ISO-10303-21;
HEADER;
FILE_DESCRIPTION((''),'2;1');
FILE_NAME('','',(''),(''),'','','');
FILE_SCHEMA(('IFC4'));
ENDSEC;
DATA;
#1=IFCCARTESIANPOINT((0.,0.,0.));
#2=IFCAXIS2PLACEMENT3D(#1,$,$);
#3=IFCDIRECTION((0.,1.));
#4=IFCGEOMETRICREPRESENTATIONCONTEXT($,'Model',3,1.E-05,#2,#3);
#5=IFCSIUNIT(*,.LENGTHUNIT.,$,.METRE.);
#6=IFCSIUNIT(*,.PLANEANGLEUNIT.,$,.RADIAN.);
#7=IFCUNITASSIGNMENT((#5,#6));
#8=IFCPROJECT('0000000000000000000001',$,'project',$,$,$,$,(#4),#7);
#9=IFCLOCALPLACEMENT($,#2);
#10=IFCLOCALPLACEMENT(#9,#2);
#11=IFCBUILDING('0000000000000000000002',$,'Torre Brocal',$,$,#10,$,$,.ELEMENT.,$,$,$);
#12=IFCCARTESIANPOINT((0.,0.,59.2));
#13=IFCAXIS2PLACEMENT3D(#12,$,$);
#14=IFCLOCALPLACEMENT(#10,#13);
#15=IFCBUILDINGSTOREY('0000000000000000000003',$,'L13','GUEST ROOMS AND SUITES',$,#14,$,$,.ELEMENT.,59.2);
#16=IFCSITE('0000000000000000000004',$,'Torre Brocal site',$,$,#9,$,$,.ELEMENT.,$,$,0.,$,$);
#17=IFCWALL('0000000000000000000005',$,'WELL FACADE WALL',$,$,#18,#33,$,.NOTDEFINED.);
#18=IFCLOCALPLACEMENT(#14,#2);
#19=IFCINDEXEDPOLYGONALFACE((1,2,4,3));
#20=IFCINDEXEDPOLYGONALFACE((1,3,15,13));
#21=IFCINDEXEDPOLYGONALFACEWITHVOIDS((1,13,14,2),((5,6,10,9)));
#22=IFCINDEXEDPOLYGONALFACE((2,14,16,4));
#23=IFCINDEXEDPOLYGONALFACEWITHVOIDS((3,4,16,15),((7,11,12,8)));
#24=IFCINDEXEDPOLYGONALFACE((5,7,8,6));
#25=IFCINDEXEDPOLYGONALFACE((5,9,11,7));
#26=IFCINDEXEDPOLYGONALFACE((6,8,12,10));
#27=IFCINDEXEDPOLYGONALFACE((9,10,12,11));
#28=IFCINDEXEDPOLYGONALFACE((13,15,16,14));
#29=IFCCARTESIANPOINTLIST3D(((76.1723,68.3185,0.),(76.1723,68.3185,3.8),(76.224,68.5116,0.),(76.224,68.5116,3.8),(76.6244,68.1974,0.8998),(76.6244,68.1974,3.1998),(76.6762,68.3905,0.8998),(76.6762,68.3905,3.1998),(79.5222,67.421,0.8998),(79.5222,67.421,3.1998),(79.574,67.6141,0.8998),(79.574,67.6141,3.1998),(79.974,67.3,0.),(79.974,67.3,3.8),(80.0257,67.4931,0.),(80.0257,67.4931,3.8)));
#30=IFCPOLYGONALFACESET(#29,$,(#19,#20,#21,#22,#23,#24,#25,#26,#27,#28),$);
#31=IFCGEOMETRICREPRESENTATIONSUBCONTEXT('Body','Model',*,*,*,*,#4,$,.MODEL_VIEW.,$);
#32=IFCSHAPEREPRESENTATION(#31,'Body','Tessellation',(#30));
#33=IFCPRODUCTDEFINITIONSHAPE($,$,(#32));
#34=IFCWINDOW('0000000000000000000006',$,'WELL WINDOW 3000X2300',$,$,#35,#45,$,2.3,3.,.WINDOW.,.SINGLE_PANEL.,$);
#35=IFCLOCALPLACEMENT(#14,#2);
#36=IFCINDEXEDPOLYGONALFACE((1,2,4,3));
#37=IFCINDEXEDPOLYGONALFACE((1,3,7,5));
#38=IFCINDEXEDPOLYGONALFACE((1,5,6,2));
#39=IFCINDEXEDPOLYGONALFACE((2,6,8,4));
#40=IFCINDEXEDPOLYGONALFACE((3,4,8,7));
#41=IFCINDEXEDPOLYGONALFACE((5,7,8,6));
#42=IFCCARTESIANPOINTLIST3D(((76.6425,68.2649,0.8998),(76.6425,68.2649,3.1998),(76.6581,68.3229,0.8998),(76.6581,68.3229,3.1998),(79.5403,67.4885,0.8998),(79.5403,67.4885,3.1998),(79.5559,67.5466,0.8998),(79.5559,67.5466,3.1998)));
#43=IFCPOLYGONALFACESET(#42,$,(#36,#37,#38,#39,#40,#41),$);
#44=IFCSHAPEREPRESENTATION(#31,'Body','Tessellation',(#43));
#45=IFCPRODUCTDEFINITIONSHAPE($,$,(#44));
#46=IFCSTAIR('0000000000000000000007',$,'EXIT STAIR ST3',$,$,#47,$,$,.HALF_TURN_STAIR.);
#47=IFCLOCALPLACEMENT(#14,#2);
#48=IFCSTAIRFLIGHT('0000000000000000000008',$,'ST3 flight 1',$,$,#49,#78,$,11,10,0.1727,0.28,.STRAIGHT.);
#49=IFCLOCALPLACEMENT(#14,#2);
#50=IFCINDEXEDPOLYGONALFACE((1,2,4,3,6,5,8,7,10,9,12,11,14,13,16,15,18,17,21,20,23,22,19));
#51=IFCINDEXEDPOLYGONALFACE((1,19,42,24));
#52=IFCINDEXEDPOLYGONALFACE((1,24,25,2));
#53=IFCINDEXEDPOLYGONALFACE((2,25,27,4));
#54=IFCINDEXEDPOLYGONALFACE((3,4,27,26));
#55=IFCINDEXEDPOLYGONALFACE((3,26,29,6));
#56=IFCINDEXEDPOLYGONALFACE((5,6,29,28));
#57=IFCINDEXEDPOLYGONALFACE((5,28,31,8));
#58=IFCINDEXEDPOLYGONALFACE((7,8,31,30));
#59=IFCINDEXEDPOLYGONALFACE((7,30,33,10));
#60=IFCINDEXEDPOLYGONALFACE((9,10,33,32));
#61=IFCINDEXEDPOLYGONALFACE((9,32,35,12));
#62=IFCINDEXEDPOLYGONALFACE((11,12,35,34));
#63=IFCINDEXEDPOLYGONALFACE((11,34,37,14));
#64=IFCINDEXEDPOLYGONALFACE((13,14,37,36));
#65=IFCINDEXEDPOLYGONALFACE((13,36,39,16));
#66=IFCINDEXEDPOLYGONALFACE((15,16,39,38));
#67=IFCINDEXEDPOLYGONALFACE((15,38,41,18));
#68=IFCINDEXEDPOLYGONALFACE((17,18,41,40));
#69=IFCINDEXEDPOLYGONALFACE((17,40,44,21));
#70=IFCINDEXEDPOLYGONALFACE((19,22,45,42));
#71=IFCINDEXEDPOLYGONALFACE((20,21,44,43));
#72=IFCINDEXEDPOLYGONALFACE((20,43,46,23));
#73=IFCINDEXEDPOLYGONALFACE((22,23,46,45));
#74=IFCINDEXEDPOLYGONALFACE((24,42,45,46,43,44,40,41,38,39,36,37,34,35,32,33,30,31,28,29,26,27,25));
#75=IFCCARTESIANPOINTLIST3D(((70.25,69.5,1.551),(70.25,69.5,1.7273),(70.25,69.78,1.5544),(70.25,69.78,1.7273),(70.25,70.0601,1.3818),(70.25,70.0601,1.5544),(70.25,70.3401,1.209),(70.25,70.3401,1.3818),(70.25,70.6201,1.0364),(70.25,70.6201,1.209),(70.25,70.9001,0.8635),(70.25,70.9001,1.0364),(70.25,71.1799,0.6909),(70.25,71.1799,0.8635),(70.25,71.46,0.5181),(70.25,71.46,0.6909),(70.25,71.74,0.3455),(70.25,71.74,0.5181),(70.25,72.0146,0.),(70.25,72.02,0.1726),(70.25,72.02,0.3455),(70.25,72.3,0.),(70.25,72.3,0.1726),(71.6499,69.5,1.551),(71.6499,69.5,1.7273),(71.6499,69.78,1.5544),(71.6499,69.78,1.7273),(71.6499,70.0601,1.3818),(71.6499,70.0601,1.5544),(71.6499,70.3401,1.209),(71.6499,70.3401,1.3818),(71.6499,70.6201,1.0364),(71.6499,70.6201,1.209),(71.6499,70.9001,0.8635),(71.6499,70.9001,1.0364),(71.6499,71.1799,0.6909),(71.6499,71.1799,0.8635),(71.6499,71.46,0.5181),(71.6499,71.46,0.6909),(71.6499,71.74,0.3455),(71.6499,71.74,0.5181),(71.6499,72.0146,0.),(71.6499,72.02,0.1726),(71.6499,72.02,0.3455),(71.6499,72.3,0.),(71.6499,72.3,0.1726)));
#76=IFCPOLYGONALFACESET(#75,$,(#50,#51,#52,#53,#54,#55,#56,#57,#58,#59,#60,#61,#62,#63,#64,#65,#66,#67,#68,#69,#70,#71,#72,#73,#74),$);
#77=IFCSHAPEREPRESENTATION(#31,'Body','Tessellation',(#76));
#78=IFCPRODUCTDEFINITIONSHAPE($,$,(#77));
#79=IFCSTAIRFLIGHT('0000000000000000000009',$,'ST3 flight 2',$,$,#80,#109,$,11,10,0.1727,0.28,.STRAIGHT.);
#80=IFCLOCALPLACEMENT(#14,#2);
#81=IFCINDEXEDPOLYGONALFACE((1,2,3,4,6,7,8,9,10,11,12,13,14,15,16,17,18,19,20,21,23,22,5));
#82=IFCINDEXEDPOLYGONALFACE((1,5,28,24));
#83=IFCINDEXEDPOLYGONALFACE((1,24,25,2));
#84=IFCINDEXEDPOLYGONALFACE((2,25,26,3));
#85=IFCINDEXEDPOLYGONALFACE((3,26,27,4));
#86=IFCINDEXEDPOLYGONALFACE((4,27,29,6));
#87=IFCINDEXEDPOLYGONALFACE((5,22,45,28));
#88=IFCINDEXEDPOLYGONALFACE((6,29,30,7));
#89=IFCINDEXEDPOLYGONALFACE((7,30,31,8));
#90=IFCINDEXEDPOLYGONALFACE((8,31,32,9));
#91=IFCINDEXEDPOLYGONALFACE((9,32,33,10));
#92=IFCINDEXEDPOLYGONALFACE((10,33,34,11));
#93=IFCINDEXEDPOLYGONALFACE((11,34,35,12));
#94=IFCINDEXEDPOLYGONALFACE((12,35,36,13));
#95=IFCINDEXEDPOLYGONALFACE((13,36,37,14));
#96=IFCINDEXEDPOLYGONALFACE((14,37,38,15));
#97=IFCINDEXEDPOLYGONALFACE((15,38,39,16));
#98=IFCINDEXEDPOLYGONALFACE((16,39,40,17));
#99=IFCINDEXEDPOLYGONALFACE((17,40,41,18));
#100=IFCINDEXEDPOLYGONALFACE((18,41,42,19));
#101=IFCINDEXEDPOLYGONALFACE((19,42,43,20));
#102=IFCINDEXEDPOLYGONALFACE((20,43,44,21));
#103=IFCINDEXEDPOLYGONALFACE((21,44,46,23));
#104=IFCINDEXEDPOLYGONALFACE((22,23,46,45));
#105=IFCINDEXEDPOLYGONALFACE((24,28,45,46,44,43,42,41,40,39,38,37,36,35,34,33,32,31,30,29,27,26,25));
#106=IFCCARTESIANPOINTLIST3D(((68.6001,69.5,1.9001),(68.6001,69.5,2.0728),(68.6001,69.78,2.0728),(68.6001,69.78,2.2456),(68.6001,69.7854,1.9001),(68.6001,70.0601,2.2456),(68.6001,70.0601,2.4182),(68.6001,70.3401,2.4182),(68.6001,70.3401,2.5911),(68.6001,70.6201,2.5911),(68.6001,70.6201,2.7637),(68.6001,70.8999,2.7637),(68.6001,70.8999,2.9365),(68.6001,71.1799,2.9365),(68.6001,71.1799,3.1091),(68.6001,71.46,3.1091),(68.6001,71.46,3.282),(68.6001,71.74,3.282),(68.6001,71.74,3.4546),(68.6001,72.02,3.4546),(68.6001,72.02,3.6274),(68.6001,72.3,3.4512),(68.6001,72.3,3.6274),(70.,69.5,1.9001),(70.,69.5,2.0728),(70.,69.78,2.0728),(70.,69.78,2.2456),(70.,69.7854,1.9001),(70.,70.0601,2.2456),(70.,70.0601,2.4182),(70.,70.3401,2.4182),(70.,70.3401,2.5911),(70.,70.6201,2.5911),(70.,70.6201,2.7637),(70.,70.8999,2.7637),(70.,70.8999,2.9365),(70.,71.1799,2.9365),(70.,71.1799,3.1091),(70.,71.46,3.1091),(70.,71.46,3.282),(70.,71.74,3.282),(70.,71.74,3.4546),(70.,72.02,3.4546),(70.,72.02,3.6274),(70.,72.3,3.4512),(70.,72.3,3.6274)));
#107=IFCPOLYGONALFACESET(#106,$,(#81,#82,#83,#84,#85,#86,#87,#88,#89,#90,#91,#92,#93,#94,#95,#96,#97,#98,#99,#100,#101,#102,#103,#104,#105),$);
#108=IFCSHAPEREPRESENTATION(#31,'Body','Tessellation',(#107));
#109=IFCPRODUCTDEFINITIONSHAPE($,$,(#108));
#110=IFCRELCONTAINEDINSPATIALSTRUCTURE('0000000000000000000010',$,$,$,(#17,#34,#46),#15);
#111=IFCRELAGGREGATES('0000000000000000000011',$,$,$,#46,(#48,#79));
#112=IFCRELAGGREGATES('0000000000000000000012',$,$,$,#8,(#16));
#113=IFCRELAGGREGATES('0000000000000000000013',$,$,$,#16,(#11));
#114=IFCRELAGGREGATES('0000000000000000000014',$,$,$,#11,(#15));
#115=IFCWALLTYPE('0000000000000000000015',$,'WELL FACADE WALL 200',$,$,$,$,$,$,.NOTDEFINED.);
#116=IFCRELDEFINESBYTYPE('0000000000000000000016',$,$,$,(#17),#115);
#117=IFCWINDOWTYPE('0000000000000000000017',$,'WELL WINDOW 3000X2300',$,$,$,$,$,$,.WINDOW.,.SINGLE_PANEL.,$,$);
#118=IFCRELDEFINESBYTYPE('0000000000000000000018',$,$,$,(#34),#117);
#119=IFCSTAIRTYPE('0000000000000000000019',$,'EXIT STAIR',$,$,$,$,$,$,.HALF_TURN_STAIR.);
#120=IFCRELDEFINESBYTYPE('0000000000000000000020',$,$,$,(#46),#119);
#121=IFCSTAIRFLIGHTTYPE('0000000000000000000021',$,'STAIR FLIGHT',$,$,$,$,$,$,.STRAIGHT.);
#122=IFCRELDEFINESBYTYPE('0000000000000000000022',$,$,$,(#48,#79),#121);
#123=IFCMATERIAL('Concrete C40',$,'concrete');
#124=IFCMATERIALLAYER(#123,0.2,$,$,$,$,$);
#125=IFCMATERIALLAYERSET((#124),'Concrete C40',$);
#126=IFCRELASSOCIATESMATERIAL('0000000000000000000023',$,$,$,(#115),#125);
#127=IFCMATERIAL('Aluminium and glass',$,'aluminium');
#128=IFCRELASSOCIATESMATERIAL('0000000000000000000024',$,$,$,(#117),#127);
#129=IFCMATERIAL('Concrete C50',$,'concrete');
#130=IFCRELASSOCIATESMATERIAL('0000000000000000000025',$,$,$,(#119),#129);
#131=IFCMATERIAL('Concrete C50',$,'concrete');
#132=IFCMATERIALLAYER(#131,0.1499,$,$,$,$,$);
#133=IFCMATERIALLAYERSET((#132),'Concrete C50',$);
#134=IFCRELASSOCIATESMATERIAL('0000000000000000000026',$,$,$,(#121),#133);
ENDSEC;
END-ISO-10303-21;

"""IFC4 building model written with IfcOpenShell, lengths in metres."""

from ifc_helpers import new_model, si_unit, direction, frame, frame_2d, origin, place, context, subcontext, project, spatial, polyline, rectangle, outline, extrude, material, layer, layer_set, type_object, element, fill, aggregate, save


model = new_model("IFC4")

# Units and contexts
model_context = context("Model", 3, precision=1e-05, world=origin(), true_north=direction((0.0, 1.0)))
body_context = subcontext(model_context, "Body", "Model", "MODEL_VIEW")
ifc_project = project(units=[si_unit("LENGTHUNIT", "METRE"), si_unit("PLANEANGLEUNIT", "RADIAN")], contexts=[model_context])

# Site, building, storey
site_placement = place(None, origin())
site = spatial("IfcSite", under=ifc_project, at=site_placement, Name="Torre Brocal site", CompositionType="ELEMENT", RefElevation=0.0)
building_placement = place(site_placement, origin())
building = spatial("IfcBuilding", under=site, at=building_placement, Name="Torre Brocal", CompositionType="ELEMENT")
storey_placement = place(building_placement, frame((0.0, 0.0, 59.2)))
storey = spatial("IfcBuildingStorey", under=building, at=storey_placement, Name="L13", Description="GUEST ROOMS AND SUITES", CompositionType="ELEMENT", Elevation=59.2)

# Wall, opening, window
ifc_material_1 = material(Name="Concrete C40", Category="concrete")
ifc_layer_1 = layer(ifc_material_1, 0.2)
ifc_layer_set_1 = layer_set([ifc_layer_1], Name="Concrete C40")
wall_type_1 = type_object("IfcWallType", Name="WELL FACADE WALL 200", PredefinedType="NOTDEFINED", material=ifc_layer_set_1)
ifc_material_2 = material(Name="Aluminium and glass", Category="aluminium")
window_type = type_object("IfcWindowType", Name="WELL WINDOW 3000X2300", PartitioningType="SINGLE_PANEL", PredefinedType="WINDOW", material=ifc_material_2)
wall_1_placement = place(storey_placement, frame((76.1982, 68.415, 0.0), z_axis=(0.0, 0.0, 1.0), x_axis=(0.965934, -0.25879, 0.0)))
wall_1 = element("IfcWall", 1, at=wall_1_placement, inside=storey, type_object=wall_type_1, Name="WELL FACADE WALL", PredefinedType="NOTDEFINED", context=body_context, shape_type="SweptSolid", body=[
    extrude(rectangle(XDim=3.9358, YDim=0.2, at=frame_2d((1.9678, 0.0))), origin(), (0.0, 0.0, 1.0), 3.8),
])
opening_1_placement = place(wall_1_placement, frame((0.468, 0.0, 0.8999)))
opening_1 = element("IfcOpeningElement", 2, at=opening_1_placement, cuts=wall_1, PredefinedType="OPENING", context=body_context, shape_type="SweptSolid", body=[
    extrude(rectangle(XDim=3.0, YDim=2.3, at=frame_2d((1.5, 1.1499))), frame((0.0, 0.1099, 0.0), z_axis=(0.0, -1.0, 0.0), x_axis=(1.0, 0.0, 0.0)), (0.0, 0.0, 1.0), 0.22),
])
window_1_placement = place(opening_1_placement, origin())
window_1 = element("IfcWindow", 3, at=window_1_placement, inside=storey, type_object=window_type, Name="WELL WINDOW 3000X2300", OverallHeight=2.3, OverallWidth=3.0, PartitioningType="SINGLE_PANEL", PredefinedType="WINDOW", context=body_context, shape_type="SweptSolid", body=[
    extrude(rectangle(XDim=3.0, YDim=2.3, at=frame_2d((1.5, 1.1499))), frame((0.0, 0.03, 0.0), z_axis=(0.0, -1.0, 0.0), x_axis=(1.0, 0.0, 0.0)), (0.0, 0.0, 1.0), 0.0601),
])
fill(opening_1, window_1)

# Stair, stair flights
ifc_material_3 = material(Name="Concrete C50", Category="concrete")
stair_type = type_object("IfcStairType", Name="EXIT STAIR", PredefinedType="HALF_TURN_STAIR", material=ifc_material_3)
stair_placement = place(storey_placement, origin())
stair = element("IfcStair", 4, at=stair_placement, inside=storey, type_object=stair_type, Name="EXIT STAIR ST3", PredefinedType="HALF_TURN_STAIR")
ifc_material_4 = material(Name="Concrete C50", Category="concrete")
ifc_layer_2 = layer(ifc_material_4, 0.1499)
ifc_layer_set_2 = layer_set([ifc_layer_2], Name="Concrete C50")
stair_flight_type = type_object("IfcStairFlightType", Name="STAIR FLIGHT", PredefinedType="STRAIGHT", material=ifc_layer_set_2)
stair_flight_1_placement = place(storey_placement, frame((70.95, 72.3, 0.0), z_axis=(0.0, 0.0, 1.0), x_axis=(0.0, -1.0, 0.0)))
stair_flight_1 = element("IfcStairFlight", 5, at=stair_flight_1_placement, type_object=stair_flight_type, Name="ST3 flight 1", NumberOfRisers=11, NumberOfTreads=10, PredefinedType="STRAIGHT", RiserHeight=0.1727, TreadLength=0.28, context=body_context, shape_type="SweptSolid", body=[
    extrude(outline(polyline([(0.0, 0.0), (0.0, 0.1726), (0.28, 0.1726), (0.28, 0.3455), (0.5601, 0.3455), (0.5601, 0.5181), (0.8401, 0.5181), (0.8401, 0.6909), (1.1201, 0.6909), (1.1201, 0.8635), (1.3999, 0.8635), (1.3999, 1.0364), (1.6799, 1.0364), (1.6799, 1.209), (1.96, 1.209), (1.96, 1.3818), (2.24, 1.3818), (2.24, 1.5544), (2.52, 1.5544), (2.52, 1.7273), (2.8, 1.7273), (2.8, 1.8999), (2.8, 1.551), (0.2854, 0.0), (0.0, 0.0)])), frame((0.0, 0.7, 0.0), z_axis=(0.0, -1.0, 0.0), x_axis=(1.0, 0.0, 0.0)), (0.0, 0.0, 1.0), 1.3999),
])
stair_flight_2_placement = place(storey_placement, frame((69.3, 69.5, 1.9001), z_axis=(0.0, 0.0, 1.0), x_axis=(0.0, 1.0, 0.0)))
stair_flight_2 = element("IfcStairFlight", 6, at=stair_flight_2_placement, type_object=stair_flight_type, Name="ST3 flight 2", NumberOfRisers=11, NumberOfTreads=10, PredefinedType="STRAIGHT", RiserHeight=0.1727, TreadLength=0.28, context=body_context, shape_type="SweptSolid", body=[
    extrude(outline(polyline([(0.0, 0.0), (0.0, 0.1726), (0.28, 0.1726), (0.28, 0.3455), (0.5601, 0.3455), (0.5601, 0.5181), (0.8401, 0.5181), (0.8401, 0.6909), (1.1201, 0.6909), (1.1201, 0.8635), (1.3999, 0.8635), (1.3999, 1.0364), (1.6799, 1.0364), (1.6799, 1.209), (1.96, 1.209), (1.96, 1.3818), (2.24, 1.3818), (2.24, 1.5544), (2.52, 1.5544), (2.52, 1.7273), (2.8, 1.7273), (2.8, 1.8999), (2.8, 1.551), (0.2854, 0.0), (0.0, 0.0)])), frame((0.0, 0.7, 0.0), z_axis=(0.0, -1.0, 0.0), x_axis=(1.0, 0.0, 0.0)), (0.0, 0.0, 1.0), 1.3999),
])
aggregate(stair, [stair_flight_1, stair_flight_2])

save(model, "model.ifc")
